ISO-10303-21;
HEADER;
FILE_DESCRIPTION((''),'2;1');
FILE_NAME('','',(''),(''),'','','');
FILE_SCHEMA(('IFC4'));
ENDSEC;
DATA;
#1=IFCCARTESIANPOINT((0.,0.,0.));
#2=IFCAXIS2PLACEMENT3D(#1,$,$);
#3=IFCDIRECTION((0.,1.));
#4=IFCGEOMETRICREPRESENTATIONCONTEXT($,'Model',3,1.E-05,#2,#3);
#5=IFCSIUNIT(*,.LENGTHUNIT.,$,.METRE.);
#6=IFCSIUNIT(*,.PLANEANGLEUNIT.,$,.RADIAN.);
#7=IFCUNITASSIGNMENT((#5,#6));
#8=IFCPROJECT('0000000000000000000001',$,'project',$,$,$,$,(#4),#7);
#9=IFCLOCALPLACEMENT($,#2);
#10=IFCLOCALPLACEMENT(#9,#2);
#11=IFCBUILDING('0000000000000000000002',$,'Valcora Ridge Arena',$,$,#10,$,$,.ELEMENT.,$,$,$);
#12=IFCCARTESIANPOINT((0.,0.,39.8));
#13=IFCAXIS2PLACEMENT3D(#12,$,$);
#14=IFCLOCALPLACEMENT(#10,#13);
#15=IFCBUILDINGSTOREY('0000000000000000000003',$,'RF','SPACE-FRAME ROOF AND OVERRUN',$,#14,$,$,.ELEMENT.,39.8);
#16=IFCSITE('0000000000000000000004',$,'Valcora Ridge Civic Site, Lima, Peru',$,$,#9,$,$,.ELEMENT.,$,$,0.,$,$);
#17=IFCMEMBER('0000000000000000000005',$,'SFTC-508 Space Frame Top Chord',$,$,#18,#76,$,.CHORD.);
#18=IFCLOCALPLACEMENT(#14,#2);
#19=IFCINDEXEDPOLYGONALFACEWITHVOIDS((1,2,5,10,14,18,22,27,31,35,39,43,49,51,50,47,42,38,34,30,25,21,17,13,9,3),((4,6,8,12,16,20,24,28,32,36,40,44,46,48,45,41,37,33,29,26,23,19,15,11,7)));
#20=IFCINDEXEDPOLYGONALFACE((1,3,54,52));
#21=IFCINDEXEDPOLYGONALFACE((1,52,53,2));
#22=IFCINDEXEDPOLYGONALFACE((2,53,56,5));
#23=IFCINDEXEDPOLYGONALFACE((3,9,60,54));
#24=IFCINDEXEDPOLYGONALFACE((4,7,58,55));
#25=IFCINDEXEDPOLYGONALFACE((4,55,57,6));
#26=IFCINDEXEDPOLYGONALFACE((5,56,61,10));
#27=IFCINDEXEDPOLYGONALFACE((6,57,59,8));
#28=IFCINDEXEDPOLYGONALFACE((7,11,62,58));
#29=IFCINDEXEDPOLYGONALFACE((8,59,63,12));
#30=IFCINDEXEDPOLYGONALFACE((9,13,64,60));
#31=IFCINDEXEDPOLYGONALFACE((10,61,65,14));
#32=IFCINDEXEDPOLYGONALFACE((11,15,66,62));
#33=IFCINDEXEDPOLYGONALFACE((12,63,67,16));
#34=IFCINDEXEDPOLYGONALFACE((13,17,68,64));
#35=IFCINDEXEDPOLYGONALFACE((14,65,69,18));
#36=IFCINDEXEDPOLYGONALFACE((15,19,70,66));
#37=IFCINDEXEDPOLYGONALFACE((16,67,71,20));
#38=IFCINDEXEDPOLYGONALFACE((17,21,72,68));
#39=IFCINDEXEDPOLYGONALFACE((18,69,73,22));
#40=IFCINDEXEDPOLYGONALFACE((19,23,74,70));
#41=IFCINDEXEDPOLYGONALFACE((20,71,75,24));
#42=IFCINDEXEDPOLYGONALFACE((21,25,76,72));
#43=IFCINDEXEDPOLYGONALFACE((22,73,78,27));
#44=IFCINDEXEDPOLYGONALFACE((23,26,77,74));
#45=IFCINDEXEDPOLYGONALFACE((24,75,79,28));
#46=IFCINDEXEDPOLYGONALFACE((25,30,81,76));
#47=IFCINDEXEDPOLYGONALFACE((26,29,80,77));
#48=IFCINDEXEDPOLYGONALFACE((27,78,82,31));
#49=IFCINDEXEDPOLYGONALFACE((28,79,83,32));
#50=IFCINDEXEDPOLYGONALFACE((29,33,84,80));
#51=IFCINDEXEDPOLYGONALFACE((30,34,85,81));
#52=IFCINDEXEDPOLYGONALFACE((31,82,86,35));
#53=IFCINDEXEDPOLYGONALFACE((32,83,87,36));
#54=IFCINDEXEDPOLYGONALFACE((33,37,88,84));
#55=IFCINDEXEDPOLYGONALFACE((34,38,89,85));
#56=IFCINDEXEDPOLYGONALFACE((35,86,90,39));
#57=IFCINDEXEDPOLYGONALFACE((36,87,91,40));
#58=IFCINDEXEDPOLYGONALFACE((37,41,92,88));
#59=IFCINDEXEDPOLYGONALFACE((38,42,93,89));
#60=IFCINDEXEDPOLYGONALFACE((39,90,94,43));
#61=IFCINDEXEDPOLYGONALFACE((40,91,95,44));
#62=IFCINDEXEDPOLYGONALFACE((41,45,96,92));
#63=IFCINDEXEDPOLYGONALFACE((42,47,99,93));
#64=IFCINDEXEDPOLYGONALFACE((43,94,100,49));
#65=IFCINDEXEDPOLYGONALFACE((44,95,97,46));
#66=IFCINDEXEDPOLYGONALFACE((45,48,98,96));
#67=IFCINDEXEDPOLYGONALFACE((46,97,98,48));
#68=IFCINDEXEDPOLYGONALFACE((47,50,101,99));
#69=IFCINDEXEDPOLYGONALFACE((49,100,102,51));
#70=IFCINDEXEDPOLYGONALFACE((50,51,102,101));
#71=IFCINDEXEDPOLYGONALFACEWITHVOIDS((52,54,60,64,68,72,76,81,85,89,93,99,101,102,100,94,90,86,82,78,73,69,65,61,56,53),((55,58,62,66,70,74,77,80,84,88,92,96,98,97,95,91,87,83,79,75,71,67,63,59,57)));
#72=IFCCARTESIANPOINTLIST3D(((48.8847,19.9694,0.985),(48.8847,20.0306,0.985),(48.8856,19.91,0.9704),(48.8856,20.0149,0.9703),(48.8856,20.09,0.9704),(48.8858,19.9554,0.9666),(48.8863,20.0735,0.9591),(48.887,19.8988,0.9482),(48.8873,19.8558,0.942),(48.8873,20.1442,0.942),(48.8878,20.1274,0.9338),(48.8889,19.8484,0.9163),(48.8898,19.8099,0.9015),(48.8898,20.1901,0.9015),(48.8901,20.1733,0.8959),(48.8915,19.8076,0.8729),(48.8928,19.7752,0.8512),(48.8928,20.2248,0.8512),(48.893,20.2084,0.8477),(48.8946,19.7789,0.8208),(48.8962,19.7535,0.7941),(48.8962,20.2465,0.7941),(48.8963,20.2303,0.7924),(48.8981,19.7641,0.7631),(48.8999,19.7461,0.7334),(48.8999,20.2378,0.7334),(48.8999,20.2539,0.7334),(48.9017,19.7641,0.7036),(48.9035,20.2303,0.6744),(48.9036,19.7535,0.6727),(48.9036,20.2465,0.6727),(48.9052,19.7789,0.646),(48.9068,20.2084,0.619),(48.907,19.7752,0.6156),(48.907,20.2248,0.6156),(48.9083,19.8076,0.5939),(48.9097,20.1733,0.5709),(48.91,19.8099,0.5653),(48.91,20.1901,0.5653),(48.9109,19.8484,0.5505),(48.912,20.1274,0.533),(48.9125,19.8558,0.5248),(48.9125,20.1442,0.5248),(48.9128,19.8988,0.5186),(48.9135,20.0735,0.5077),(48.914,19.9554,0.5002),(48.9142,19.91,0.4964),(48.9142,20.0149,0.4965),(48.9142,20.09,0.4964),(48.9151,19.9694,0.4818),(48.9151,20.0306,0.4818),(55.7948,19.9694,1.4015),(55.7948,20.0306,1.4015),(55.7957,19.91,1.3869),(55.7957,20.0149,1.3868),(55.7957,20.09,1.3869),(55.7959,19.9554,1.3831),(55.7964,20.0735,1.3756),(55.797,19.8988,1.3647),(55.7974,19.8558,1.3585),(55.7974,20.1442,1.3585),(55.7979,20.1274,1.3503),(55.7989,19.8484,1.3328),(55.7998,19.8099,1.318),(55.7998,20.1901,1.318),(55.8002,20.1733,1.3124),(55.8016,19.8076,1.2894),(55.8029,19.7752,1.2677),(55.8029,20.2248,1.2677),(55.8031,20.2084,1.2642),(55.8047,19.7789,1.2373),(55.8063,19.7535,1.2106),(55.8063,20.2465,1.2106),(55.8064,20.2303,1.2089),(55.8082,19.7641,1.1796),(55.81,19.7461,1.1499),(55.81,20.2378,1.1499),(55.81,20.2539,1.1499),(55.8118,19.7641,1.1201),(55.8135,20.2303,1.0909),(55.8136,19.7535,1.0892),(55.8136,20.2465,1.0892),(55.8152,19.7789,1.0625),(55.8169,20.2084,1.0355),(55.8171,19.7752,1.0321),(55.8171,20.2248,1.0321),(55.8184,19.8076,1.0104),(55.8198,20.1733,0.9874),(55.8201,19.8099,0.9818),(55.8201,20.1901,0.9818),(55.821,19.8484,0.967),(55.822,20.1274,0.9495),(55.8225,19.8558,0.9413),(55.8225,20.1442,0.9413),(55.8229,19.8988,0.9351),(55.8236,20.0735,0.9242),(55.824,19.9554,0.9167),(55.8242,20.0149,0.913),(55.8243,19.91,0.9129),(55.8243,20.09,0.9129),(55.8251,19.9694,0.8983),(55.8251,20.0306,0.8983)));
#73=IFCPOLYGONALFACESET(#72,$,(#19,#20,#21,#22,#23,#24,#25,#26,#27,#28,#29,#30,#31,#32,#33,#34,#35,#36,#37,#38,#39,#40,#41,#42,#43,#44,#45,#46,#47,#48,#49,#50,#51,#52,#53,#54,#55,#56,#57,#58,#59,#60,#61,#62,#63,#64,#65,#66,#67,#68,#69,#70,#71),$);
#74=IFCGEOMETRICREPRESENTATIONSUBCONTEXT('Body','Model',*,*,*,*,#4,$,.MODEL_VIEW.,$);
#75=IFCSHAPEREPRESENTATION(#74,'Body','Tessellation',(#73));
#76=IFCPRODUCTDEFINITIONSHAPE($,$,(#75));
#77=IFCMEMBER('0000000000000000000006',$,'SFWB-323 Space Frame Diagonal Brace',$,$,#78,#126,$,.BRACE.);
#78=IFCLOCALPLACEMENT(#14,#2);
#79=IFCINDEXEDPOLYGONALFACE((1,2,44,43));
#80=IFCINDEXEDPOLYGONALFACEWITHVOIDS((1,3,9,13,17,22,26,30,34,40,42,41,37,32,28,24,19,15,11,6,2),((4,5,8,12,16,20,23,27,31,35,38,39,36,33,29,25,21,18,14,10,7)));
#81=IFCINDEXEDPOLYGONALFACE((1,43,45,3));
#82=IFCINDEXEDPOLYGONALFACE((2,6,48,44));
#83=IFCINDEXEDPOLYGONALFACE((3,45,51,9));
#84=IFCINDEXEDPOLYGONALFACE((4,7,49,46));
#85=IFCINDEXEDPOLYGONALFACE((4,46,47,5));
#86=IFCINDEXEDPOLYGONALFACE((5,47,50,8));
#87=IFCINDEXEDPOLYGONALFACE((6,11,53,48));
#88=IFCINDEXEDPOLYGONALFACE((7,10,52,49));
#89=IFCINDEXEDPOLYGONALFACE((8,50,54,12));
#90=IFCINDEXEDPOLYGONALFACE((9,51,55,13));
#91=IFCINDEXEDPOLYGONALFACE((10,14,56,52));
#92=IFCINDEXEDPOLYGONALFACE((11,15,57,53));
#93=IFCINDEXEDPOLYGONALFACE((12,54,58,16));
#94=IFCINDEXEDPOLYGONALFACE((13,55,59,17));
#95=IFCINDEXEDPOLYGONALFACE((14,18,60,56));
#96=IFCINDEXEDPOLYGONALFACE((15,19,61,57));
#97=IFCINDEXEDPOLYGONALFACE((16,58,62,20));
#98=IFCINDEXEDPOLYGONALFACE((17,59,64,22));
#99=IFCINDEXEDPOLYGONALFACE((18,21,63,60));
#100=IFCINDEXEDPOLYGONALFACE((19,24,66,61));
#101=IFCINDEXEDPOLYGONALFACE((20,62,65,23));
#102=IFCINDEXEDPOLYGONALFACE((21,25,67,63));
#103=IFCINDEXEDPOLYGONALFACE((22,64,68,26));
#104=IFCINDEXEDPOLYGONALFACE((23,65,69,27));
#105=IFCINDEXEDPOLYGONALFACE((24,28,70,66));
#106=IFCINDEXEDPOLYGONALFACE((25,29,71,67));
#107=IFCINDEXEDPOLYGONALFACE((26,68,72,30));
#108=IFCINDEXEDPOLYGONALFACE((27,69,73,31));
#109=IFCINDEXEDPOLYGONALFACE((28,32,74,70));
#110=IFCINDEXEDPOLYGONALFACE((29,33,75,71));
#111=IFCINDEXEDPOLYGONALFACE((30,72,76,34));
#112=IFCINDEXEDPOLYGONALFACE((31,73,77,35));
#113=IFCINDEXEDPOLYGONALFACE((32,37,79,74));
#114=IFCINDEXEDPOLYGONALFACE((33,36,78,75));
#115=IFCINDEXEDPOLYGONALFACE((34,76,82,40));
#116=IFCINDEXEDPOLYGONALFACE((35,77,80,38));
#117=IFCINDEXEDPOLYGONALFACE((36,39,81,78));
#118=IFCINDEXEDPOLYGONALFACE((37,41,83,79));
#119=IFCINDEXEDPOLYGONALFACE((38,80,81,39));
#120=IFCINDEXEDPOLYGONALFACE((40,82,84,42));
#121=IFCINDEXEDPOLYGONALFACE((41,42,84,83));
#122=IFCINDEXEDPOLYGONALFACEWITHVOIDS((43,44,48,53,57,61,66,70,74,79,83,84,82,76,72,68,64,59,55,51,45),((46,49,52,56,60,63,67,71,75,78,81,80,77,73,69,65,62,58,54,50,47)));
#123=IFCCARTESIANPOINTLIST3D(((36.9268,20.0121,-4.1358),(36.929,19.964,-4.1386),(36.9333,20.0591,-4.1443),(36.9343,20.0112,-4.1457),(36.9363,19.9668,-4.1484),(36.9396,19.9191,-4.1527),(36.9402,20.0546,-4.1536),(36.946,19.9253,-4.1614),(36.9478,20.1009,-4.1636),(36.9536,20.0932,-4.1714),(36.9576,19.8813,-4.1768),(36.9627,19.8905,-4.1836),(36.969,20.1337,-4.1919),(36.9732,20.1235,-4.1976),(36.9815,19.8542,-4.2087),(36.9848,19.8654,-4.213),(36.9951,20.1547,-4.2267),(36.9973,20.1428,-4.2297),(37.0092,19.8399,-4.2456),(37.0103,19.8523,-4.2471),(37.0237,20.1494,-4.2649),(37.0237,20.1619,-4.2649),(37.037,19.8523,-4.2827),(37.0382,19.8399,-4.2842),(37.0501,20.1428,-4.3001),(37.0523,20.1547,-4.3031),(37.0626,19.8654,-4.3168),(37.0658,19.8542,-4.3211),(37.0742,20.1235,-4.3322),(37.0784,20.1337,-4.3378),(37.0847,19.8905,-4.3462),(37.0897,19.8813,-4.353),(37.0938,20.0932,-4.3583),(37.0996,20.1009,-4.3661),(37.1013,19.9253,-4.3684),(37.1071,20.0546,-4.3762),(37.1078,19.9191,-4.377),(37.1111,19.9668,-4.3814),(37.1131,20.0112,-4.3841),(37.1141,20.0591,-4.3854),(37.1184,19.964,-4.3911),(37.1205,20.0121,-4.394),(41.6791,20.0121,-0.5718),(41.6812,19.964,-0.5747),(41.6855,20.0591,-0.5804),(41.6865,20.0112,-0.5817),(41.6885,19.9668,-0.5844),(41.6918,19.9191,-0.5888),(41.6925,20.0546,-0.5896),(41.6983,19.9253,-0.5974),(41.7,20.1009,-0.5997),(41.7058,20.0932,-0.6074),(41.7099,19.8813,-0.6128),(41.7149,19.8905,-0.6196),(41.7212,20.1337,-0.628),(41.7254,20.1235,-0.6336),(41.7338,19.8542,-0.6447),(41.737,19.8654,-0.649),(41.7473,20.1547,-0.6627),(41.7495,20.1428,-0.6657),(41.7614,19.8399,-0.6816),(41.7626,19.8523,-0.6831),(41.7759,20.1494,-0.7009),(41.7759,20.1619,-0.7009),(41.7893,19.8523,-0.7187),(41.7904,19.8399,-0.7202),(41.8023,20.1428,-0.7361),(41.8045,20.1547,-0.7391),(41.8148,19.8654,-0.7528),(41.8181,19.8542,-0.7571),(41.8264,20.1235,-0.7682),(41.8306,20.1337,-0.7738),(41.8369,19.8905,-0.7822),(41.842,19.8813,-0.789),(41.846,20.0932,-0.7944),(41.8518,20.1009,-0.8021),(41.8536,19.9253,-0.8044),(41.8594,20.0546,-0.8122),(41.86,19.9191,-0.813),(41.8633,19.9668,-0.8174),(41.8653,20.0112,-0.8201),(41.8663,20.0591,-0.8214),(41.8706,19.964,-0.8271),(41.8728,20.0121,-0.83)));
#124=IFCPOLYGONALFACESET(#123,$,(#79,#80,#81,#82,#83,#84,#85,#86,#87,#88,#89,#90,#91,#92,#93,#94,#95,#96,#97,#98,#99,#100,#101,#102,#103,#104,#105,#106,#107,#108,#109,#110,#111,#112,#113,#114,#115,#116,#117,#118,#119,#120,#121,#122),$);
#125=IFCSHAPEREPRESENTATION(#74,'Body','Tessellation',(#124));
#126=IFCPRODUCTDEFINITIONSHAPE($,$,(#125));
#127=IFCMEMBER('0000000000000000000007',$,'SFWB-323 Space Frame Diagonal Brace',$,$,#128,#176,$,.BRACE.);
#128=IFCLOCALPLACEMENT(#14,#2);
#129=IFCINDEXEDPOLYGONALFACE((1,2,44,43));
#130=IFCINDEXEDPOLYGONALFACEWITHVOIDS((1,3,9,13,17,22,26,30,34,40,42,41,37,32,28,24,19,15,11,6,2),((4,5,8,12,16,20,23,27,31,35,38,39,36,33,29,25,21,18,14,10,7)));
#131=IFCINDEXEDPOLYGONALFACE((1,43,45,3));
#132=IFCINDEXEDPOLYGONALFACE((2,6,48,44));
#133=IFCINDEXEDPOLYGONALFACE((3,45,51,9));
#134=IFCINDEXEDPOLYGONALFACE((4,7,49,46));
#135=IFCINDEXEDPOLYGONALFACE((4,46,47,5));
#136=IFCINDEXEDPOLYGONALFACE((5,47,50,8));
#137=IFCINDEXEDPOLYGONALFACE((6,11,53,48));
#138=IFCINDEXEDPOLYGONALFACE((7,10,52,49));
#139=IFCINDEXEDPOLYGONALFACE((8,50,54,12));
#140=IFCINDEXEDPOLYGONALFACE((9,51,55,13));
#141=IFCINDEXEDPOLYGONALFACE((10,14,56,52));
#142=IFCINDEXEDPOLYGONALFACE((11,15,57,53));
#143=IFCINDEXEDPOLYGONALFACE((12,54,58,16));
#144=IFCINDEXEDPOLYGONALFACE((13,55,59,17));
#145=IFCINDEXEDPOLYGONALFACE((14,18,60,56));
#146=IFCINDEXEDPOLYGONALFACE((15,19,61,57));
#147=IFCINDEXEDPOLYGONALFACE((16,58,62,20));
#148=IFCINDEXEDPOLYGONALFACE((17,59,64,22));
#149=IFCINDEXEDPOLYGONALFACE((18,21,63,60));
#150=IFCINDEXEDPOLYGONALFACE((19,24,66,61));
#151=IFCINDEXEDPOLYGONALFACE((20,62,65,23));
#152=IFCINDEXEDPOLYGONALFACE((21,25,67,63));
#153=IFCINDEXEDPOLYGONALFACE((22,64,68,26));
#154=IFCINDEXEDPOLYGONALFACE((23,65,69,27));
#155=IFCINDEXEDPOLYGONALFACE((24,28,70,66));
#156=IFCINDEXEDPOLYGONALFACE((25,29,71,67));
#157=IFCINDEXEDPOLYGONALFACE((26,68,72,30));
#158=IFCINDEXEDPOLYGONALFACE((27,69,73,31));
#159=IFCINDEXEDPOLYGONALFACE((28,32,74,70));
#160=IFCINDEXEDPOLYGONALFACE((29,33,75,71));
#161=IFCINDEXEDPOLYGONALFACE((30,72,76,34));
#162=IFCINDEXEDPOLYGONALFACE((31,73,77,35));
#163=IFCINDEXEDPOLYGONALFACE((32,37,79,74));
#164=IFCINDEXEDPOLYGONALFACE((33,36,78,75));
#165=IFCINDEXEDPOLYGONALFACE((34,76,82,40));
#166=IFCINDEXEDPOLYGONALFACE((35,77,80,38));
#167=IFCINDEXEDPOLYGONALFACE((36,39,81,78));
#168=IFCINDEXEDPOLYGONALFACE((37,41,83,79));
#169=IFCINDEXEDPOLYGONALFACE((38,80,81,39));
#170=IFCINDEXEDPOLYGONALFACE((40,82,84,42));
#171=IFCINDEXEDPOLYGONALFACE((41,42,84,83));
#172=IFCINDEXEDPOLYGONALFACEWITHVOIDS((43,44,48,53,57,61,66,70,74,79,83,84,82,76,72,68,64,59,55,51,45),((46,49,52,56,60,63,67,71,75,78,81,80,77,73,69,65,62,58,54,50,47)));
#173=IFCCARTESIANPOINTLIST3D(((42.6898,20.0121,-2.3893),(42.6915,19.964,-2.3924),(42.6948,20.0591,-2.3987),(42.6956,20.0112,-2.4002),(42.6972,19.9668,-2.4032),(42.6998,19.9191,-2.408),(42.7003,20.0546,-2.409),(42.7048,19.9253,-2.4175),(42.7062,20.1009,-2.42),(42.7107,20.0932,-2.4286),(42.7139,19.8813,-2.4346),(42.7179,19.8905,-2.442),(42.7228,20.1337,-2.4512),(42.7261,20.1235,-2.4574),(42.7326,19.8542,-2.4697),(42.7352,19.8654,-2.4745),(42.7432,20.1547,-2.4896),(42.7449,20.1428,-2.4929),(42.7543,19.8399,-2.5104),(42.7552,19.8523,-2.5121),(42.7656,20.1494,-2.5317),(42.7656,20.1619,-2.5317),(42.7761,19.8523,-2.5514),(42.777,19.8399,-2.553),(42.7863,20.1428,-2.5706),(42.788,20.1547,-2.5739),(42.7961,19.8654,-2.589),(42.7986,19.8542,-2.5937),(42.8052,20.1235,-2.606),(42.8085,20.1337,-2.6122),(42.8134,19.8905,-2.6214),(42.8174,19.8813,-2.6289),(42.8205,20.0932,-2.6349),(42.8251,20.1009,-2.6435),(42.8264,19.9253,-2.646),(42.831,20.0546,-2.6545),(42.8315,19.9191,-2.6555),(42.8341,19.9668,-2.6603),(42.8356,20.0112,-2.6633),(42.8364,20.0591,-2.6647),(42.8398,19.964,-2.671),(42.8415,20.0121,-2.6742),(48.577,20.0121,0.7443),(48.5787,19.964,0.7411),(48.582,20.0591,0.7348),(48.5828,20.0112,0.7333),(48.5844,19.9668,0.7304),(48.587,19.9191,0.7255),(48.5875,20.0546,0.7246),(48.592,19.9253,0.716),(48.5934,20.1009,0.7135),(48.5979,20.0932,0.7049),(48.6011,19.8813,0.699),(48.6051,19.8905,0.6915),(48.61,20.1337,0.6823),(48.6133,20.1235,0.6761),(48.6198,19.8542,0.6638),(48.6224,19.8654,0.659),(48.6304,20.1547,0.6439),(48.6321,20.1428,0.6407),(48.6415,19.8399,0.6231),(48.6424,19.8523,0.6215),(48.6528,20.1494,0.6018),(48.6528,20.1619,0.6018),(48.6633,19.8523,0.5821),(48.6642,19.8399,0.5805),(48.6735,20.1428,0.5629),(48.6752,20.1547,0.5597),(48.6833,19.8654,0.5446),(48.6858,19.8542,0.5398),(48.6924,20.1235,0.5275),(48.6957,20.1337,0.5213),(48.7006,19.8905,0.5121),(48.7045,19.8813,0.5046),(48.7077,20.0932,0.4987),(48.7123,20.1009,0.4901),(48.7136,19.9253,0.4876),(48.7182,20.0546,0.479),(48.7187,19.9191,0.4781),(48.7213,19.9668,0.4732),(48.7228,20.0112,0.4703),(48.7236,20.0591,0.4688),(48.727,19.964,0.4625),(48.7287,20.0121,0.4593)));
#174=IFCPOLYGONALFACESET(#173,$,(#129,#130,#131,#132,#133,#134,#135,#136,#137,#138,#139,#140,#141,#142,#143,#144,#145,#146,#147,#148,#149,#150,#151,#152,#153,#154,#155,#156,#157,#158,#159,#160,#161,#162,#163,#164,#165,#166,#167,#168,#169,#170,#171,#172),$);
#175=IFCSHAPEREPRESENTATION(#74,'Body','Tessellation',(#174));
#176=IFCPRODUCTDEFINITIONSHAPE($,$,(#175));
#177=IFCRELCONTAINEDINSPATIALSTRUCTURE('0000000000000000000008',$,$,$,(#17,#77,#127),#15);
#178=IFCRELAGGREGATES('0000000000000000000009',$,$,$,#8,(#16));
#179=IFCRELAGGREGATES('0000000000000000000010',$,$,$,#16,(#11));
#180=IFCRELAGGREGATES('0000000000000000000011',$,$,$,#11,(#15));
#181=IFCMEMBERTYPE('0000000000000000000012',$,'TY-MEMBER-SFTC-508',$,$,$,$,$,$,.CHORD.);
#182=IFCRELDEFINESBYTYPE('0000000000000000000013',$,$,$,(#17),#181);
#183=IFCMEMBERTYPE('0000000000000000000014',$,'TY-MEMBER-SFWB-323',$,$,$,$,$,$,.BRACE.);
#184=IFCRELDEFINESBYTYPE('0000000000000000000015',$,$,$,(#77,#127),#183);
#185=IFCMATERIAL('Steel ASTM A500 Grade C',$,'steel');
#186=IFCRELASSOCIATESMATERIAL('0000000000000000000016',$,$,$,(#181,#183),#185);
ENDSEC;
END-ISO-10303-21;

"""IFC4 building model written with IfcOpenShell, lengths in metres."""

from ifc_helpers import new_model, si_unit, direction, frame, origin, origin_2d, place, context, subcontext, project, spatial, hollow_circle, extrude, material, material_profile, profile_set, type_object, element, save


model = new_model("IFC4")

# Units and contexts
model_context = context("Model", 3, precision=1e-05, world=origin(), true_north=direction((0.0, 1.0)))
body_context = subcontext(model_context, "Body", "Model", "MODEL_VIEW")
ifc_project = project(units=[si_unit("LENGTHUNIT", "METRE"), si_unit("PLANEANGLEUNIT", "RADIAN")], contexts=[model_context])

# Site, building, storey
site_placement = place(None, origin())
site = spatial("IfcSite", under=ifc_project, at=site_placement, Name="Valcora Ridge Civic Site, Lima, Peru", CompositionType="ELEMENT", RefElevation=0.0)
building_placement = place(site_placement, origin())
building = spatial("IfcBuilding", under=site, at=building_placement, Name="Valcora Ridge Arena", CompositionType="ELEMENT")
storey_placement = place(building_placement, frame((0.0, 0.0, 39.8)))
storey = spatial("IfcBuildingStorey", under=building, at=storey_placement, Name="RF", Description="SPACE-FRAME ROOF AND OVERRUN", CompositionType="ELEMENT", Elevation=39.8)

# Members
ifc_material_1 = material(Name="Steel ASTM A500 Grade C", Category="steel")
ifc_material_profile_1 = material_profile(ifc_material_1, hollow_circle(Radius=0.2539, WallThickness=0.0161, at=origin_2d()), Name="CHS508X16")
ifc_profile_set_1 = profile_set([ifc_material_profile_1], Name="Steel ASTM A500 Grade C")
member_type_1 = type_object("IfcMemberType", Name="TY-MEMBER-SFTC-508", PredefinedType="CHORD", material=ifc_profile_set_1)
member_1_placement = place(storey_placement, frame((48.8999, 20.0, 0.7334), z_axis=(0.998188, 0.0, 0.060165), x_axis=(0.0, 1.0, 0.0)))
element("IfcMember", 1, at=member_1_placement, inside=storey, type_object=member_type_1, Name="SFTC-508 Space Frame Top Chord", PredefinedType="CHORD", context=body_context, shape_type="SweptSolid", body=[
    extrude(hollow_circle(Radius=0.2539, WallThickness=0.0161, at=origin_2d()), origin(), (0.0, 0.0, 1.0), 6.9226),
])
ifc_material_profile_2 = material_profile(ifc_material_1, hollow_circle(Radius=0.1619, WallThickness=0.0125, at=origin_2d()), Name="CHS323X12")
ifc_profile_set_2 = profile_set([ifc_material_profile_2], Name="Steel ASTM A500 Grade C")
member_type_2 = type_object("IfcMemberType", Name="TY-MEMBER-SFWB-323", PredefinedType="BRACE", material=ifc_profile_set_2)
member_2_placement = place(storey_placement, frame((37.0237, 20.0, -4.2649), z_axis=(0.800015, 0.0, 0.59998), x_axis=(0.0, 1.0, 0.0)))
element("IfcMember", 2, at=member_2_placement, inside=storey, type_object=member_type_2, Name="SFWB-323 Space Frame Diagonal Brace", PredefinedType="BRACE", context=body_context, shape_type="SweptSolid", body=[
    extrude(hollow_circle(Radius=0.1619, WallThickness=0.0125, at=origin_2d()), origin(), (0.0, 0.0, 1.0), 5.9402),
])
member_3_placement = place(storey_placement, frame((42.7656, 20.0, -2.5317), z_axis=(0.882745, 0.0, 0.469853), x_axis=(0.0, 1.0, 0.0)))
element("IfcMember", 3, at=member_3_placement, inside=storey, type_object=member_type_2, Name="SFWB-323 Space Frame Diagonal Brace", PredefinedType="BRACE", context=body_context, shape_type="SweptSolid", body=[
    extrude(hollow_circle(Radius=0.1619, WallThickness=0.0125, at=origin_2d()), origin(), (0.0, 0.0, 1.0), 6.6692),
])

save(model, "model.ifc")
